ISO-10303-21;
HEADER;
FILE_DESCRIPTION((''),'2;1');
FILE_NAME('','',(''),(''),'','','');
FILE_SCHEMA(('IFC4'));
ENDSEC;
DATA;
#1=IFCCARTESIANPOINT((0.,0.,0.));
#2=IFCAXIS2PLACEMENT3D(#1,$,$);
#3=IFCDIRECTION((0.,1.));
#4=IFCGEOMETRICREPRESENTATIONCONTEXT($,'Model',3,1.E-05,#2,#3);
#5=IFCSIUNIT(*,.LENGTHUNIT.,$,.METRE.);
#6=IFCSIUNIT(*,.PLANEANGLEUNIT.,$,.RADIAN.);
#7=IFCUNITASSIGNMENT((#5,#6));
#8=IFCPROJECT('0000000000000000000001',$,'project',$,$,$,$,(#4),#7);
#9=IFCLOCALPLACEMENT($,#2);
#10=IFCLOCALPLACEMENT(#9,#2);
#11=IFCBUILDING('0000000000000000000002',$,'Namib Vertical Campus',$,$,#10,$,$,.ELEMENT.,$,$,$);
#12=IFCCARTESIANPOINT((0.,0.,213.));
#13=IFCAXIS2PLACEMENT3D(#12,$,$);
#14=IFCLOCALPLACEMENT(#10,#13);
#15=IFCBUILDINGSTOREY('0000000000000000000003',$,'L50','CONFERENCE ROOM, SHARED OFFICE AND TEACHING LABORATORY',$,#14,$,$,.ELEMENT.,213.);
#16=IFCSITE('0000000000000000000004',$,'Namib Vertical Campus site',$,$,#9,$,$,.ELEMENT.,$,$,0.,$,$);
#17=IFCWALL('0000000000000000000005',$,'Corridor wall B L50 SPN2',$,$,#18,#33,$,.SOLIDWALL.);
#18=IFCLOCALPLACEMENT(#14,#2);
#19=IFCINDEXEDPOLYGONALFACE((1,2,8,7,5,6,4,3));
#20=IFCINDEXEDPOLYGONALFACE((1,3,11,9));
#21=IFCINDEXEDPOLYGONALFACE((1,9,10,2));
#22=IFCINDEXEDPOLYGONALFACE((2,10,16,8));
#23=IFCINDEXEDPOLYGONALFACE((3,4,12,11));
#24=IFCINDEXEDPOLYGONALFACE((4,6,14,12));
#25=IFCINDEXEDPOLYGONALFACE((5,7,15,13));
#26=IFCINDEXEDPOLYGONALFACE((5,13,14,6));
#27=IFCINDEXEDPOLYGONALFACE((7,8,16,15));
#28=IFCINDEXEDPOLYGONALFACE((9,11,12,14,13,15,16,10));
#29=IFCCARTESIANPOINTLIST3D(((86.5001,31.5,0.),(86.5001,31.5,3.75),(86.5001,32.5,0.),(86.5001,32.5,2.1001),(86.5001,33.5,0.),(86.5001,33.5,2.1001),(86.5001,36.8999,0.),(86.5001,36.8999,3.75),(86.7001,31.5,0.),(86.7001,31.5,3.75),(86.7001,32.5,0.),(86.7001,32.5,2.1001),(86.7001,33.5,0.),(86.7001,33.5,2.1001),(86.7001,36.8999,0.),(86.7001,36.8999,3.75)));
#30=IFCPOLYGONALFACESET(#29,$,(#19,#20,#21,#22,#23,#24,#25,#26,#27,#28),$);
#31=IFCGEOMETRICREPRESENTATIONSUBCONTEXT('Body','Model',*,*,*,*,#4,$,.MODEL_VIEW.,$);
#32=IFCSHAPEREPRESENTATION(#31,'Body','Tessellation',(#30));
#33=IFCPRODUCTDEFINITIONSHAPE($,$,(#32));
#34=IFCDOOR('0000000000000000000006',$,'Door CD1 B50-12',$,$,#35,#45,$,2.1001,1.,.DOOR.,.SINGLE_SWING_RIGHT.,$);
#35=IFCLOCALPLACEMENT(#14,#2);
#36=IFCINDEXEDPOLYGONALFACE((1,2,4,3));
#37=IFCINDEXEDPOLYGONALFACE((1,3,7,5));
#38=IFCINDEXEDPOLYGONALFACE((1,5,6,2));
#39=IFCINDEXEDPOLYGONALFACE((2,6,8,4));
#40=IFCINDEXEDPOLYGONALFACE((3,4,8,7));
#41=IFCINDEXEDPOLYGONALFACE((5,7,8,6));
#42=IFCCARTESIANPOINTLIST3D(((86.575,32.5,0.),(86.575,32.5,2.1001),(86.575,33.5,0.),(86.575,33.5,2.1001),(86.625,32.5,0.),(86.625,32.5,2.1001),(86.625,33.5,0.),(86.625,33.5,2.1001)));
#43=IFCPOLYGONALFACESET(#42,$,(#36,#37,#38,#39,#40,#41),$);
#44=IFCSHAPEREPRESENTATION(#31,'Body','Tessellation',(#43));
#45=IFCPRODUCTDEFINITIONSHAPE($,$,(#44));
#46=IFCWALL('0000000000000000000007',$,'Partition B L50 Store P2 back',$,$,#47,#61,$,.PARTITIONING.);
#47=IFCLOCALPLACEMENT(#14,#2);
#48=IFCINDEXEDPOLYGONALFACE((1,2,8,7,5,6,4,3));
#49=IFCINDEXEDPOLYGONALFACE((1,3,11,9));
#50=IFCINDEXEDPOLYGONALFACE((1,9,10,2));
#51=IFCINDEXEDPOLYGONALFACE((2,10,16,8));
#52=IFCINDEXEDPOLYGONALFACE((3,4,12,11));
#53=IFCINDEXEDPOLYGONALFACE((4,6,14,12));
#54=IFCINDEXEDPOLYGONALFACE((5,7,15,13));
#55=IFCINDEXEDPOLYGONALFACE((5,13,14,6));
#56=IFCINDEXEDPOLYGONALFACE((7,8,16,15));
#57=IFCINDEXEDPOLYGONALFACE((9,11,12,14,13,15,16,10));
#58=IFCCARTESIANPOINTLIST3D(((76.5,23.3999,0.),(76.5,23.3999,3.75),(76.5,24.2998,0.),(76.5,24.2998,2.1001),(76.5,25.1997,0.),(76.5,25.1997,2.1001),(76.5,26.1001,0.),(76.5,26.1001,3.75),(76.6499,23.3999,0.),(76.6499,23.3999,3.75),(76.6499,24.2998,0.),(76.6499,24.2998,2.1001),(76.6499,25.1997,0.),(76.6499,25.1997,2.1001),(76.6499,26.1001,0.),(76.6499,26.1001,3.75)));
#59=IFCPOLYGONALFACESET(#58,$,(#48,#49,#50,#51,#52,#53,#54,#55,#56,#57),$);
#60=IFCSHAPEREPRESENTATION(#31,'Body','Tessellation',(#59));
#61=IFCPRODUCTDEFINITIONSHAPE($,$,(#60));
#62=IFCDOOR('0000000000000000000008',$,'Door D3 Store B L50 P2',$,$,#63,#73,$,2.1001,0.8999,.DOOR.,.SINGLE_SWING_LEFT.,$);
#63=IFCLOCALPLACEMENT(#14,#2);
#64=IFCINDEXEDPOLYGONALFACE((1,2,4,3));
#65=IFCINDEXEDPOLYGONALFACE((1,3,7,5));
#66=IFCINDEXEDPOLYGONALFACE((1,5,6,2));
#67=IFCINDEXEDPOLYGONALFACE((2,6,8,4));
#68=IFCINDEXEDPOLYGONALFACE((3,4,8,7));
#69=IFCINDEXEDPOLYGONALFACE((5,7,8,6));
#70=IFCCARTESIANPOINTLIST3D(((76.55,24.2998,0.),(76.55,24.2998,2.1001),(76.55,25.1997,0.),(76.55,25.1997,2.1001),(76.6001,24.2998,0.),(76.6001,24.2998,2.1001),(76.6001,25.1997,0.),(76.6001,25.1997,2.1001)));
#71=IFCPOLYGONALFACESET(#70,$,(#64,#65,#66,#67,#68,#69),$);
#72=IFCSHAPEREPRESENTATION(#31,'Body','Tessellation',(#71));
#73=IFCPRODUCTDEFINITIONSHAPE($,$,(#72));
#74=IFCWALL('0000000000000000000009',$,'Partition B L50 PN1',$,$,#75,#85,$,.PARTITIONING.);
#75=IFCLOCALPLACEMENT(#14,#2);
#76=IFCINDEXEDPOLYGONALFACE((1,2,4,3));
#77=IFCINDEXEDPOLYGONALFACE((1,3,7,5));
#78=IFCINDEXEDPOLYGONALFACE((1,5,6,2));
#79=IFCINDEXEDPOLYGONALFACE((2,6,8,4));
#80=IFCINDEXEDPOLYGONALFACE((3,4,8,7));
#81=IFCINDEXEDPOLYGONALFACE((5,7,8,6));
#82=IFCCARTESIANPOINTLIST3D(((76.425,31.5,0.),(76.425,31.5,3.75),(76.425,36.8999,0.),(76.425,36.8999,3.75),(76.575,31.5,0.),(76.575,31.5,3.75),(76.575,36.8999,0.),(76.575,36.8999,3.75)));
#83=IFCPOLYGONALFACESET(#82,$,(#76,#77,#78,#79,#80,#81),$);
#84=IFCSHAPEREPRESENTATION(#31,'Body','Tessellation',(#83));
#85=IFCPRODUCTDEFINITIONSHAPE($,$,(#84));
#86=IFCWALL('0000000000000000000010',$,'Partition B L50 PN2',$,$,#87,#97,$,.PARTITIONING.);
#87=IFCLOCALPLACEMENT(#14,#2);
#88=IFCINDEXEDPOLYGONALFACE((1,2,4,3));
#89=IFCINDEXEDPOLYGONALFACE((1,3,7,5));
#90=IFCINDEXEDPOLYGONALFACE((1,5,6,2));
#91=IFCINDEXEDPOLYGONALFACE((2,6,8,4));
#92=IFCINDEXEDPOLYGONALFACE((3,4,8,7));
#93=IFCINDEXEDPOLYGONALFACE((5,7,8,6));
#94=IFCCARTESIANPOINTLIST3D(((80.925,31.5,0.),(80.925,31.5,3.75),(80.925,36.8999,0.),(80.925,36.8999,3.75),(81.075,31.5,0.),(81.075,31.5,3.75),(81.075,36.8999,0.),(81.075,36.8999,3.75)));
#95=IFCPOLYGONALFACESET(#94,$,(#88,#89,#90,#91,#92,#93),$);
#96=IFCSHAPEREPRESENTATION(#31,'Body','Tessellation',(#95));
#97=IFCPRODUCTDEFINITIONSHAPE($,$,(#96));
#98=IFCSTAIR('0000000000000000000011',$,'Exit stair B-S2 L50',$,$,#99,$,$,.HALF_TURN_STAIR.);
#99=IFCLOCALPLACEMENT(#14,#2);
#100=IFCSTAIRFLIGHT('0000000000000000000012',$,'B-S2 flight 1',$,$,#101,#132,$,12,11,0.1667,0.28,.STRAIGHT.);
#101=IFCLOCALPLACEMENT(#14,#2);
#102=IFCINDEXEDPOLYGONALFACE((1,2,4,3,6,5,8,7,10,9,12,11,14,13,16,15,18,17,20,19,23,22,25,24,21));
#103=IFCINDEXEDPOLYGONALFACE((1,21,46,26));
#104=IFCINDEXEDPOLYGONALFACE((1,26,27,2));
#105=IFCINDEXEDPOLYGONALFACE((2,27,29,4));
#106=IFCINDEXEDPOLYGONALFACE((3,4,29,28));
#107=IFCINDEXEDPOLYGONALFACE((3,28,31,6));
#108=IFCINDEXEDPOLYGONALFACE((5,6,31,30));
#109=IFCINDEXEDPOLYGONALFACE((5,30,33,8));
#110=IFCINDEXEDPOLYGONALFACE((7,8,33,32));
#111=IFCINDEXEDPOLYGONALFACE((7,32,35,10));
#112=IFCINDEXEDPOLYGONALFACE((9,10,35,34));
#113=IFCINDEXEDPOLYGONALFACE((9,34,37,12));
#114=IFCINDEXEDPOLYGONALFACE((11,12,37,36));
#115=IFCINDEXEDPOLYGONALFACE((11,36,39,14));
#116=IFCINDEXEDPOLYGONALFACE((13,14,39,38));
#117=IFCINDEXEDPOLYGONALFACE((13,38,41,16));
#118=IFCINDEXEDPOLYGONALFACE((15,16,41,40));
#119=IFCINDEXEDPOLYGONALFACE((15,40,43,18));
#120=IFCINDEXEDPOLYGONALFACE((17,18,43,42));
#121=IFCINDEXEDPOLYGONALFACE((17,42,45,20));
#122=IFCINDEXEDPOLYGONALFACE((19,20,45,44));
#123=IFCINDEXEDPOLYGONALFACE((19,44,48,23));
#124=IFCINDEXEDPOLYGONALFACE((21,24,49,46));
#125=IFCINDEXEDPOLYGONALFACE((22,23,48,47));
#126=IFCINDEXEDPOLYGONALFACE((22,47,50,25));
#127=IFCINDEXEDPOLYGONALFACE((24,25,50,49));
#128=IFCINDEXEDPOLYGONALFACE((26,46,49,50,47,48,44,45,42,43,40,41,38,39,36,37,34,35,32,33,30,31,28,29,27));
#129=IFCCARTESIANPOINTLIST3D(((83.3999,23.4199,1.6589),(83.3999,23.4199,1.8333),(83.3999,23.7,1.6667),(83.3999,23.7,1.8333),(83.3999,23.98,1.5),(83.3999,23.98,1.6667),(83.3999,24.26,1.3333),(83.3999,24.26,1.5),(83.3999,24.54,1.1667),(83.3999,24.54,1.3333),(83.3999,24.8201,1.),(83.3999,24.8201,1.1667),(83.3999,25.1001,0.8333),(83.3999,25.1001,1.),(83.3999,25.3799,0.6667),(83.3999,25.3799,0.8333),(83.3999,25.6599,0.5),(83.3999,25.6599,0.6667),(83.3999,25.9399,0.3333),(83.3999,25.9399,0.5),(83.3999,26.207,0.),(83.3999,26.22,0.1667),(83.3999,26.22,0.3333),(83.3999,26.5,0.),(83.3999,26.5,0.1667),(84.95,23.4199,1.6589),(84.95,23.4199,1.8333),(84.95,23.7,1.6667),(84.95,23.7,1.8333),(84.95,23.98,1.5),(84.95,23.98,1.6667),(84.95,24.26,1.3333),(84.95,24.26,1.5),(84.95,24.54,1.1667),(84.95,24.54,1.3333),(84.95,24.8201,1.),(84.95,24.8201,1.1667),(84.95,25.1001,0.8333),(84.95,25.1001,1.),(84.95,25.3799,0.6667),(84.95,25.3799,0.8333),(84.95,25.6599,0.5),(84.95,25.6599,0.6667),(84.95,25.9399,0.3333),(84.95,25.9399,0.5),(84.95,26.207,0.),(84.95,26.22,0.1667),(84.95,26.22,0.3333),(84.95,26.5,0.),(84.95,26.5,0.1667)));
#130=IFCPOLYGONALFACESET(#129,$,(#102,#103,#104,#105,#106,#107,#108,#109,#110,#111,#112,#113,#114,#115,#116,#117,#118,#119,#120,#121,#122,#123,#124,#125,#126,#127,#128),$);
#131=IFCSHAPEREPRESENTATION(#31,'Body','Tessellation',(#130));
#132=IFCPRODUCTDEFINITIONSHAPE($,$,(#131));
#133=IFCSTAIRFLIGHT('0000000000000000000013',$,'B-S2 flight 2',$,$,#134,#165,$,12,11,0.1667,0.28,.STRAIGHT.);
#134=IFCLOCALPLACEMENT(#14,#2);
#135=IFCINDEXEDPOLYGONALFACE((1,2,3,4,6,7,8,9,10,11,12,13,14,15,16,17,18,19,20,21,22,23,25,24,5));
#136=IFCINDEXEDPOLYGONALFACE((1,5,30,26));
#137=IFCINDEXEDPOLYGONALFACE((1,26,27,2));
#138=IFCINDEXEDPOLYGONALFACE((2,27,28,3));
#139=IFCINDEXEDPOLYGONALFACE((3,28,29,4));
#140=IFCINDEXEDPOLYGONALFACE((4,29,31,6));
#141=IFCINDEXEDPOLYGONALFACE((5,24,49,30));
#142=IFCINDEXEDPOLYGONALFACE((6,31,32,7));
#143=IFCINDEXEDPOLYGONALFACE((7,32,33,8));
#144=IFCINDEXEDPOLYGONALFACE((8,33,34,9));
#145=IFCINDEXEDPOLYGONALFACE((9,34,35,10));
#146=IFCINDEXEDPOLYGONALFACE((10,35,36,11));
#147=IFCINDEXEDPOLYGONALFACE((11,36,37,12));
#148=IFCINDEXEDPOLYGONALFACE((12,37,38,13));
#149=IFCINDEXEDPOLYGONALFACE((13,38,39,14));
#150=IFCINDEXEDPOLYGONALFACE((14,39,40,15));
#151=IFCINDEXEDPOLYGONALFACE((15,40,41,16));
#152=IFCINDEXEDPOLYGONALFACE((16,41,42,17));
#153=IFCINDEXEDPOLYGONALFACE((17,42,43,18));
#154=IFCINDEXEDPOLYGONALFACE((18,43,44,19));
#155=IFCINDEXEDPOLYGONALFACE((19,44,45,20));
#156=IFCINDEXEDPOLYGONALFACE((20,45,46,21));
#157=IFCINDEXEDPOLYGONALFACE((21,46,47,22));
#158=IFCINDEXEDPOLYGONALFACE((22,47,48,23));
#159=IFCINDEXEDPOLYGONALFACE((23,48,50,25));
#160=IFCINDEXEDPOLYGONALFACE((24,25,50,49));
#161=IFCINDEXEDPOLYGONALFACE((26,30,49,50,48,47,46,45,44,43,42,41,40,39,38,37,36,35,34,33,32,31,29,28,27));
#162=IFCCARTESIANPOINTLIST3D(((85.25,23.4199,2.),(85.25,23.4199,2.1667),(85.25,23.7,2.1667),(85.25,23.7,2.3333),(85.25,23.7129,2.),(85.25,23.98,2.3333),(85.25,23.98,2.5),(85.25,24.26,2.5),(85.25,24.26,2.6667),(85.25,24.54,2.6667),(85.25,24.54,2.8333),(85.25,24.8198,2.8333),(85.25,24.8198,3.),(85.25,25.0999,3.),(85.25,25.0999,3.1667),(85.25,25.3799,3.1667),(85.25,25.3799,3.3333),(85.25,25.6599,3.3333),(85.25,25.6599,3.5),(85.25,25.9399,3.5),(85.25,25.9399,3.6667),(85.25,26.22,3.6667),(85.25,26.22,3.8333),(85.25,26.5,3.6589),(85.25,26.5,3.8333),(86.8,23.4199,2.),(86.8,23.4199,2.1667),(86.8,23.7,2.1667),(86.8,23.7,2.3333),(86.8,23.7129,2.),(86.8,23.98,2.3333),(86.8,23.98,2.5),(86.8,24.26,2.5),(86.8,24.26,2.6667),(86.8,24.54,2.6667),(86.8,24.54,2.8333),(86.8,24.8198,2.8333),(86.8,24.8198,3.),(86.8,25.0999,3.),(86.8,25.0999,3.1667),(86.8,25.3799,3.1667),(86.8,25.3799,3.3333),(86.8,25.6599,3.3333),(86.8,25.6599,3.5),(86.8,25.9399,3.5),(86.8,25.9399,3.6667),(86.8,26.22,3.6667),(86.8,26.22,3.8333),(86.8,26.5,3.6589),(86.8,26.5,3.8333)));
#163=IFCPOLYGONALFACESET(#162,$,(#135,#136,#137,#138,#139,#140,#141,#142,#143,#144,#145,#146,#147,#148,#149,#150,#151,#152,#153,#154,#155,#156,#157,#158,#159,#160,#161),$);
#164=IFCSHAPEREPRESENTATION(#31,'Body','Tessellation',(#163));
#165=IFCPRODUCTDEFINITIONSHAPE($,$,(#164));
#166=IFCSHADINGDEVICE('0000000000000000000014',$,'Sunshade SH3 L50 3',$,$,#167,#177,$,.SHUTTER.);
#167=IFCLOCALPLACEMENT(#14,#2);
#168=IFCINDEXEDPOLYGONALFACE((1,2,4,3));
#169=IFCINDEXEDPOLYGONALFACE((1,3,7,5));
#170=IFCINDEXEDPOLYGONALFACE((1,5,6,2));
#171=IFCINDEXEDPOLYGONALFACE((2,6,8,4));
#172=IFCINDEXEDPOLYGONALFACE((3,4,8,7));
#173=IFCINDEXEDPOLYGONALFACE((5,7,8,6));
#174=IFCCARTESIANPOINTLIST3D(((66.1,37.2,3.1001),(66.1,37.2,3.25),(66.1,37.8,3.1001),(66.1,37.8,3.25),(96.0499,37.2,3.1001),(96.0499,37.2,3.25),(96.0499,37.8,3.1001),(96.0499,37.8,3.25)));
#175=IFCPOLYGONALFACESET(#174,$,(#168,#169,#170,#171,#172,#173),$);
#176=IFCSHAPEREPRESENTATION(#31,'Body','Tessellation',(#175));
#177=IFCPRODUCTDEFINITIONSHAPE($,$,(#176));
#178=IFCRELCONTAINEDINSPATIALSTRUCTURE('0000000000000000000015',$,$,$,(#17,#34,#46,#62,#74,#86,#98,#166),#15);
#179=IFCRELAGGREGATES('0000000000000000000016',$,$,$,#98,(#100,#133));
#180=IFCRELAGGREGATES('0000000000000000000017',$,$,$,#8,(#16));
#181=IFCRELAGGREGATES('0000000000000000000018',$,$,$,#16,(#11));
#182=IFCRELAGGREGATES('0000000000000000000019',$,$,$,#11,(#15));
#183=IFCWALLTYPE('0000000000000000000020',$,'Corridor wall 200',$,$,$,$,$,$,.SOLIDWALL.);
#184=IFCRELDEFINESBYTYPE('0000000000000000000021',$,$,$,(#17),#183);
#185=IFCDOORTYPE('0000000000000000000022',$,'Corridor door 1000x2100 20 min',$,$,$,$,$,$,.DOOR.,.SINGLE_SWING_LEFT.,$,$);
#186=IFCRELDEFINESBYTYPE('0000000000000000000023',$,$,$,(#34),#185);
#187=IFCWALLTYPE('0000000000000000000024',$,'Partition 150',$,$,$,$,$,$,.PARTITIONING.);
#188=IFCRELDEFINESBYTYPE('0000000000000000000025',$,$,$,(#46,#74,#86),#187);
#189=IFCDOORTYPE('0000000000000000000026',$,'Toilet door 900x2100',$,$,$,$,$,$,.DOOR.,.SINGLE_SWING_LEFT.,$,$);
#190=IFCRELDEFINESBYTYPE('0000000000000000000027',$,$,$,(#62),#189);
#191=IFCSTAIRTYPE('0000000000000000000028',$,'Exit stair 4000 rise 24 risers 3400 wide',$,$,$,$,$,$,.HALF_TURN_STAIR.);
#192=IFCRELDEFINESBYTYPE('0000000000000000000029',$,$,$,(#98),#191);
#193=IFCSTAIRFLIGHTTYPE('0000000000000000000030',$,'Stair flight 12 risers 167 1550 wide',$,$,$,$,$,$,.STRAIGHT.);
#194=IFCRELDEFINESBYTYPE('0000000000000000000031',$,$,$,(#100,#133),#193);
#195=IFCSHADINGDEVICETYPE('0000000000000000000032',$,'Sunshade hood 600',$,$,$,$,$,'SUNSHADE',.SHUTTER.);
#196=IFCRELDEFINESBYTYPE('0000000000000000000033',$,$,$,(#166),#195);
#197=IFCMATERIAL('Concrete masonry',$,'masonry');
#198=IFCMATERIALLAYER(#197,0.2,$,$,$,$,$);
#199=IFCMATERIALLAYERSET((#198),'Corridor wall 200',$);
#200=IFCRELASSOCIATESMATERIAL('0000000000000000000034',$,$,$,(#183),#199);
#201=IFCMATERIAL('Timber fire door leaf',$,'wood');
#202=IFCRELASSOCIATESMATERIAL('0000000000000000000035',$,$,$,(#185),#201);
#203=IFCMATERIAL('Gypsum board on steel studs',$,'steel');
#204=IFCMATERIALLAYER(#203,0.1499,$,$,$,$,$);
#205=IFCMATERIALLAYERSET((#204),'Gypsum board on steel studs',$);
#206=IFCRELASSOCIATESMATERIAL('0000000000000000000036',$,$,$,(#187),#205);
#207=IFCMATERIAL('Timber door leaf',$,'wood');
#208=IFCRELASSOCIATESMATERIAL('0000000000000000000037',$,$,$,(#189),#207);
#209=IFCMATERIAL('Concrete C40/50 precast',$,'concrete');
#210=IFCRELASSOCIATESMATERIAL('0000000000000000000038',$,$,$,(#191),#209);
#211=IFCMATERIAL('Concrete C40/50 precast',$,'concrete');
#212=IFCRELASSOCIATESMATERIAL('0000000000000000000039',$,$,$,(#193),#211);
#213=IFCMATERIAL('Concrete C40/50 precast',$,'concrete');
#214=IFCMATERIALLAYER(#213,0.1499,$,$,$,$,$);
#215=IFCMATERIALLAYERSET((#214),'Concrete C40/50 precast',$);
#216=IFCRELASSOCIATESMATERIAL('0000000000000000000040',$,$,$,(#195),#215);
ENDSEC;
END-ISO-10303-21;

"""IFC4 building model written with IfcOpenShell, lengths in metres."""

from ifc_helpers import new_model, si_unit, direction, frame, frame_2d, origin, origin_2d, place, context, subcontext, project, spatial, polyline, rectangle, outline, extrude, material, layer, layer_set, type_object, element, fill, aggregate, save


model = new_model("IFC4")

# Units and contexts
model_context = context("Model", 3, precision=1e-05, world=origin(), true_north=direction((0.0, 1.0)))
body_context = subcontext(model_context, "Body", "Model", "MODEL_VIEW")
ifc_project = project(units=[si_unit("LENGTHUNIT", "METRE"), si_unit("PLANEANGLEUNIT", "RADIAN")], contexts=[model_context])

# Site, building, storey
site_placement = place(None, origin())
site = spatial("IfcSite", under=ifc_project, at=site_placement, Name="Namib Vertical Campus site", CompositionType="ELEMENT", RefElevation=0.0)
building_placement = place(site_placement, origin())
building = spatial("IfcBuilding", under=site, at=building_placement, Name="Namib Vertical Campus", CompositionType="ELEMENT")
storey_placement = place(building_placement, frame((0.0, 0.0, 213.0)))
storey = spatial("IfcBuildingStorey", under=building, at=storey_placement, Name="L50", Description="CONFERENCE ROOM, SHARED OFFICE AND TEACHING LABORATORY", CompositionType="ELEMENT", Elevation=213.0)

# Walls, openings, doors
ifc_material_1 = material(Name="Concrete masonry", Category="masonry")
ifc_layer_1 = layer(ifc_material_1, 0.2)
ifc_layer_set_1 = layer_set([ifc_layer_1], Name="Corridor wall 200")
wall_type_1 = type_object("IfcWallType", Name="Corridor wall 200", PredefinedType="SOLIDWALL", material=ifc_layer_set_1)
ifc_material_2 = material(Name="Timber fire door leaf", Category="wood")
door_type_1 = type_object("IfcDoorType", Name="Corridor door 1000x2100 20 min", OperationType="SINGLE_SWING_LEFT", PredefinedType="DOOR", material=ifc_material_2)
wall_1_placement = place(storey_placement, frame((86.6001, 36.8999, 0.0), z_axis=(0.0, 0.0, 1.0), x_axis=(0.0, -1.0, 0.0)))
wall_1 = element("IfcWall", 1, at=wall_1_placement, inside=storey, type_object=wall_type_1, Name="Corridor wall B L50 SPN2", PredefinedType="SOLIDWALL", context=body_context, shape_type="SweptSolid", body=[
    extrude(rectangle(XDim=5.3999, YDim=0.2, at=frame_2d((2.7, 0.0))), origin(), (0.0, 0.0, 1.0), 3.75),
])
opening_1_placement = place(wall_1_placement, frame((3.3999, 0.0, 0.0)))
opening_1 = element("IfcOpeningElement", 2, at=opening_1_placement, cuts=wall_1, PredefinedType="OPENING", context=body_context, shape_type="SweptSolid", body=[
    extrude(rectangle(XDim=1.0, YDim=2.1001, at=frame_2d((0.5, 1.05))), frame((0.0, 0.1099, 0.0), z_axis=(0.0, -1.0, 0.0), x_axis=(1.0, 0.0, 0.0)), (0.0, 0.0, 1.0), 0.22),
])
door_1_placement = place(opening_1_placement, origin())
door_1 = element("IfcDoor", 3, at=door_1_placement, inside=storey, type_object=door_type_1, Name="Door CD1 B50-12", OperationType="SINGLE_SWING_RIGHT", OverallHeight=2.1001, OverallWidth=1.0, PredefinedType="DOOR", context=body_context, shape_type="SweptSolid", body=[
    extrude(rectangle(XDim=1.0, YDim=2.1001, at=frame_2d((0.5, 1.05))), frame((0.0, 0.0249, 0.0), z_axis=(0.0, -1.0, 0.0), x_axis=(1.0, 0.0, 0.0)), (0.0, 0.0, 1.0), 0.05),
])
fill(opening_1, door_1)
ifc_material_3 = material(Name="Gypsum board on steel studs", Category="steel")
ifc_layer_2 = layer(ifc_material_3, 0.1499)
ifc_layer_set_2 = layer_set([ifc_layer_2], Name="Gypsum board on steel studs")
wall_type_2 = type_object("IfcWallType", Name="Partition 150", PredefinedType="PARTITIONING", material=ifc_layer_set_2)
wall_2_placement = place(storey_placement, frame((76.575, 23.3999, 0.0), z_axis=(0.0, 0.0, 1.0), x_axis=(0.0, 1.0, 0.0)))
wall_2 = element("IfcWall", 4, at=wall_2_placement, inside=storey, type_object=wall_type_2, Name="Partition B L50 Store P2 back", PredefinedType="PARTITIONING", context=body_context, shape_type="SweptSolid", body=[
    extrude(rectangle(XDim=2.7002, YDim=0.1499, at=frame_2d((1.3501, 0.0))), origin(), (0.0, 0.0, 1.0), 3.75),
])
opening_2_placement = place(wall_2_placement, frame((0.8999, 0.0, 0.0)))
opening_2 = element("IfcOpeningElement", 5, at=opening_2_placement, cuts=wall_2, PredefinedType="OPENING", context=body_context, shape_type="SweptSolid", body=[
    extrude(rectangle(XDim=0.8999, YDim=2.1001, at=frame_2d((0.45, 1.05))), frame((0.0, 0.085, 0.0), z_axis=(0.0, -1.0, 0.0), x_axis=(1.0, 0.0, 0.0)), (0.0, 0.0, 1.0), 0.1699),
])
ifc_material_4 = material(Name="Timber door leaf", Category="wood")
door_type_2 = type_object("IfcDoorType", Name="Toilet door 900x2100", OperationType="SINGLE_SWING_LEFT", PredefinedType="DOOR", material=ifc_material_4)
door_2_placement = place(opening_2_placement, origin())
door_2 = element("IfcDoor", 6, at=door_2_placement, inside=storey, type_object=door_type_2, Name="Door D3 Store B L50 P2", OperationType="SINGLE_SWING_LEFT", OverallHeight=2.1001, OverallWidth=0.8999, PredefinedType="DOOR", context=body_context, shape_type="SweptSolid", body=[
    extrude(rectangle(XDim=0.8999, YDim=2.1001, at=frame_2d((0.45, 1.05))), frame((0.0, 0.0249, 0.0), z_axis=(0.0, -1.0, 0.0), x_axis=(1.0, 0.0, 0.0)), (0.0, 0.0, 1.0), 0.05),
])
fill(opening_2, door_2)

# Walls
for number, where, z_axis, x_axis, name in (
    (7, (76.5, 31.5, 0.0), (0.0, 0.0, 1.0), (0.0, 1.0, 0.0), "Partition B L50 PN1"),
    (8, (81.0, 31.5, 0.0), (0.0, 0.0, 1.0), (0.0, 1.0, 0.0), "Partition B L50 PN2"),
):
    element("IfcWall", number, at=place(storey_placement, frame(where, z_axis=z_axis, x_axis=x_axis)), inside=storey, type_object=wall_type_2, Name=name, PredefinedType="PARTITIONING", context=body_context, shape_type="SweptSolid", body=[
        extrude(rectangle(XDim=5.3999, YDim=0.1499, at=frame_2d((2.7, 0.0))), origin(), (0.0, 0.0, 1.0), 3.75),
    ])

# Stair, stair flights
ifc_material_5 = material(Name="Concrete C40/50 precast", Category="concrete")
stair_type = type_object("IfcStairType", Name="Exit stair 4000 rise 24 risers 3400 wide", PredefinedType="HALF_TURN_STAIR", material=ifc_material_5)
stair_placement = place(storey_placement, origin())
stair = element("IfcStair", 9, at=stair_placement, inside=storey, type_object=stair_type, Name="Exit stair B-S2 L50", PredefinedType="HALF_TURN_STAIR")
ifc_material_6 = material(Name="Concrete C40/50 precast", Category="concrete")
stair_flight_type = type_object("IfcStairFlightType", Name="Stair flight 12 risers 167 1550 wide", PredefinedType="STRAIGHT", material=ifc_material_6)
stair_flight_1_placement = place(storey_placement, frame((84.175, 26.5, 0.0), z_axis=(0.0, 0.0, 1.0), x_axis=(0.0, -1.0, 0.0)))
stair_flight_1 = element("IfcStairFlight", 10, at=stair_flight_1_placement, type_object=stair_flight_type, Name="B-S2 flight 1", NumberOfRisers=12, NumberOfTreads=11, PredefinedType="STRAIGHT", RiserHeight=0.1667, TreadLength=0.28, context=body_context, shape_type="SweptSolid", body=[
    extrude(outline(polyline([(0.0, 0.0), (0.0, 0.1667), (0.28, 0.1667), (0.28, 0.3333), (0.5601, 0.3333), (0.5601, 0.5), (0.8401, 0.5), (0.8401, 0.6667), (1.1201, 0.6667), (1.1201, 0.8333), (1.3999, 0.8333), (1.3999, 1.0), (1.6799, 1.0), (1.6799, 1.1667), (1.96, 1.1667), (1.96, 1.3333), (2.24, 1.3333), (2.24, 1.5), (2.52, 1.5), (2.52, 1.6667), (2.8, 1.6667), (2.8, 1.8333), (3.0801, 1.8333), (3.0801, 2.0), (3.0801, 1.6589), (0.293, 0.0), (0.0, 0.0)])), frame((0.0, 0.7749, 0.0), z_axis=(0.0, -1.0, 0.0), x_axis=(1.0, 0.0, 0.0)), (0.0, 0.0, 1.0), 1.55),
])
stair_flight_2_placement = place(storey_placement, frame((86.0249, 23.4199, 2.0), z_axis=(0.0, 0.0, 1.0), x_axis=(0.0, 1.0, 0.0)))
stair_flight_2 = element("IfcStairFlight", 11, at=stair_flight_2_placement, type_object=stair_flight_type, Name="B-S2 flight 2", NumberOfRisers=12, NumberOfTreads=11, PredefinedType="STRAIGHT", RiserHeight=0.1667, TreadLength=0.28, context=body_context, shape_type="SweptSolid", body=[
    extrude(outline(polyline([(0.0, 0.0), (0.0, 0.1667), (0.28, 0.1667), (0.28, 0.3333), (0.5601, 0.3333), (0.5601, 0.5), (0.8401, 0.5), (0.8401, 0.6667), (1.1201, 0.6667), (1.1201, 0.8333), (1.3999, 0.8333), (1.3999, 1.0), (1.6799, 1.0), (1.6799, 1.1667), (1.96, 1.1667), (1.96, 1.3333), (2.24, 1.3333), (2.24, 1.5), (2.52, 1.5), (2.52, 1.6667), (2.8, 1.6667), (2.8, 1.8333), (3.0801, 1.8333), (3.0801, 2.0), (3.0801, 1.6589), (0.293, 0.0), (0.0, 0.0)])), frame((0.0, 0.7749, 0.0), z_axis=(0.0, -1.0, 0.0), x_axis=(1.0, 0.0, 0.0)), (0.0, 0.0, 1.0), 1.55),
])
aggregate(stair, [stair_flight_1, stair_flight_2])

# Shading device
ifc_material_7 = material(Name="Concrete C40/50 precast", Category="concrete")
ifc_layer_3 = layer(ifc_material_7, 0.1499)
ifc_layer_set_3 = layer_set([ifc_layer_3], Name="Concrete C40/50 precast")
shading_device_type = type_object("IfcShadingDeviceType", Name="Sunshade hood 600", ElementType="SUNSHADE", PredefinedType="SHUTTER", material=ifc_layer_set_3)
shading_device_placement = place(storey_placement, frame((81.075, 37.5, 3.1001), z_axis=(0.0, 0.0, 1.0), x_axis=(-1.0, 0.0, 0.0)))
element("IfcShadingDevice", 12, at=shading_device_placement, inside=storey, type_object=shading_device_type, Name="Sunshade SH3 L50 3", PredefinedType="SHUTTER", context=body_context, shape_type="SweptSolid", body=[
    extrude(rectangle(XDim=29.95, YDim=0.6001, at=origin_2d()), origin(), (0.0, 0.0, 1.0), 0.1499),
])

save(model, "model.ifc")
